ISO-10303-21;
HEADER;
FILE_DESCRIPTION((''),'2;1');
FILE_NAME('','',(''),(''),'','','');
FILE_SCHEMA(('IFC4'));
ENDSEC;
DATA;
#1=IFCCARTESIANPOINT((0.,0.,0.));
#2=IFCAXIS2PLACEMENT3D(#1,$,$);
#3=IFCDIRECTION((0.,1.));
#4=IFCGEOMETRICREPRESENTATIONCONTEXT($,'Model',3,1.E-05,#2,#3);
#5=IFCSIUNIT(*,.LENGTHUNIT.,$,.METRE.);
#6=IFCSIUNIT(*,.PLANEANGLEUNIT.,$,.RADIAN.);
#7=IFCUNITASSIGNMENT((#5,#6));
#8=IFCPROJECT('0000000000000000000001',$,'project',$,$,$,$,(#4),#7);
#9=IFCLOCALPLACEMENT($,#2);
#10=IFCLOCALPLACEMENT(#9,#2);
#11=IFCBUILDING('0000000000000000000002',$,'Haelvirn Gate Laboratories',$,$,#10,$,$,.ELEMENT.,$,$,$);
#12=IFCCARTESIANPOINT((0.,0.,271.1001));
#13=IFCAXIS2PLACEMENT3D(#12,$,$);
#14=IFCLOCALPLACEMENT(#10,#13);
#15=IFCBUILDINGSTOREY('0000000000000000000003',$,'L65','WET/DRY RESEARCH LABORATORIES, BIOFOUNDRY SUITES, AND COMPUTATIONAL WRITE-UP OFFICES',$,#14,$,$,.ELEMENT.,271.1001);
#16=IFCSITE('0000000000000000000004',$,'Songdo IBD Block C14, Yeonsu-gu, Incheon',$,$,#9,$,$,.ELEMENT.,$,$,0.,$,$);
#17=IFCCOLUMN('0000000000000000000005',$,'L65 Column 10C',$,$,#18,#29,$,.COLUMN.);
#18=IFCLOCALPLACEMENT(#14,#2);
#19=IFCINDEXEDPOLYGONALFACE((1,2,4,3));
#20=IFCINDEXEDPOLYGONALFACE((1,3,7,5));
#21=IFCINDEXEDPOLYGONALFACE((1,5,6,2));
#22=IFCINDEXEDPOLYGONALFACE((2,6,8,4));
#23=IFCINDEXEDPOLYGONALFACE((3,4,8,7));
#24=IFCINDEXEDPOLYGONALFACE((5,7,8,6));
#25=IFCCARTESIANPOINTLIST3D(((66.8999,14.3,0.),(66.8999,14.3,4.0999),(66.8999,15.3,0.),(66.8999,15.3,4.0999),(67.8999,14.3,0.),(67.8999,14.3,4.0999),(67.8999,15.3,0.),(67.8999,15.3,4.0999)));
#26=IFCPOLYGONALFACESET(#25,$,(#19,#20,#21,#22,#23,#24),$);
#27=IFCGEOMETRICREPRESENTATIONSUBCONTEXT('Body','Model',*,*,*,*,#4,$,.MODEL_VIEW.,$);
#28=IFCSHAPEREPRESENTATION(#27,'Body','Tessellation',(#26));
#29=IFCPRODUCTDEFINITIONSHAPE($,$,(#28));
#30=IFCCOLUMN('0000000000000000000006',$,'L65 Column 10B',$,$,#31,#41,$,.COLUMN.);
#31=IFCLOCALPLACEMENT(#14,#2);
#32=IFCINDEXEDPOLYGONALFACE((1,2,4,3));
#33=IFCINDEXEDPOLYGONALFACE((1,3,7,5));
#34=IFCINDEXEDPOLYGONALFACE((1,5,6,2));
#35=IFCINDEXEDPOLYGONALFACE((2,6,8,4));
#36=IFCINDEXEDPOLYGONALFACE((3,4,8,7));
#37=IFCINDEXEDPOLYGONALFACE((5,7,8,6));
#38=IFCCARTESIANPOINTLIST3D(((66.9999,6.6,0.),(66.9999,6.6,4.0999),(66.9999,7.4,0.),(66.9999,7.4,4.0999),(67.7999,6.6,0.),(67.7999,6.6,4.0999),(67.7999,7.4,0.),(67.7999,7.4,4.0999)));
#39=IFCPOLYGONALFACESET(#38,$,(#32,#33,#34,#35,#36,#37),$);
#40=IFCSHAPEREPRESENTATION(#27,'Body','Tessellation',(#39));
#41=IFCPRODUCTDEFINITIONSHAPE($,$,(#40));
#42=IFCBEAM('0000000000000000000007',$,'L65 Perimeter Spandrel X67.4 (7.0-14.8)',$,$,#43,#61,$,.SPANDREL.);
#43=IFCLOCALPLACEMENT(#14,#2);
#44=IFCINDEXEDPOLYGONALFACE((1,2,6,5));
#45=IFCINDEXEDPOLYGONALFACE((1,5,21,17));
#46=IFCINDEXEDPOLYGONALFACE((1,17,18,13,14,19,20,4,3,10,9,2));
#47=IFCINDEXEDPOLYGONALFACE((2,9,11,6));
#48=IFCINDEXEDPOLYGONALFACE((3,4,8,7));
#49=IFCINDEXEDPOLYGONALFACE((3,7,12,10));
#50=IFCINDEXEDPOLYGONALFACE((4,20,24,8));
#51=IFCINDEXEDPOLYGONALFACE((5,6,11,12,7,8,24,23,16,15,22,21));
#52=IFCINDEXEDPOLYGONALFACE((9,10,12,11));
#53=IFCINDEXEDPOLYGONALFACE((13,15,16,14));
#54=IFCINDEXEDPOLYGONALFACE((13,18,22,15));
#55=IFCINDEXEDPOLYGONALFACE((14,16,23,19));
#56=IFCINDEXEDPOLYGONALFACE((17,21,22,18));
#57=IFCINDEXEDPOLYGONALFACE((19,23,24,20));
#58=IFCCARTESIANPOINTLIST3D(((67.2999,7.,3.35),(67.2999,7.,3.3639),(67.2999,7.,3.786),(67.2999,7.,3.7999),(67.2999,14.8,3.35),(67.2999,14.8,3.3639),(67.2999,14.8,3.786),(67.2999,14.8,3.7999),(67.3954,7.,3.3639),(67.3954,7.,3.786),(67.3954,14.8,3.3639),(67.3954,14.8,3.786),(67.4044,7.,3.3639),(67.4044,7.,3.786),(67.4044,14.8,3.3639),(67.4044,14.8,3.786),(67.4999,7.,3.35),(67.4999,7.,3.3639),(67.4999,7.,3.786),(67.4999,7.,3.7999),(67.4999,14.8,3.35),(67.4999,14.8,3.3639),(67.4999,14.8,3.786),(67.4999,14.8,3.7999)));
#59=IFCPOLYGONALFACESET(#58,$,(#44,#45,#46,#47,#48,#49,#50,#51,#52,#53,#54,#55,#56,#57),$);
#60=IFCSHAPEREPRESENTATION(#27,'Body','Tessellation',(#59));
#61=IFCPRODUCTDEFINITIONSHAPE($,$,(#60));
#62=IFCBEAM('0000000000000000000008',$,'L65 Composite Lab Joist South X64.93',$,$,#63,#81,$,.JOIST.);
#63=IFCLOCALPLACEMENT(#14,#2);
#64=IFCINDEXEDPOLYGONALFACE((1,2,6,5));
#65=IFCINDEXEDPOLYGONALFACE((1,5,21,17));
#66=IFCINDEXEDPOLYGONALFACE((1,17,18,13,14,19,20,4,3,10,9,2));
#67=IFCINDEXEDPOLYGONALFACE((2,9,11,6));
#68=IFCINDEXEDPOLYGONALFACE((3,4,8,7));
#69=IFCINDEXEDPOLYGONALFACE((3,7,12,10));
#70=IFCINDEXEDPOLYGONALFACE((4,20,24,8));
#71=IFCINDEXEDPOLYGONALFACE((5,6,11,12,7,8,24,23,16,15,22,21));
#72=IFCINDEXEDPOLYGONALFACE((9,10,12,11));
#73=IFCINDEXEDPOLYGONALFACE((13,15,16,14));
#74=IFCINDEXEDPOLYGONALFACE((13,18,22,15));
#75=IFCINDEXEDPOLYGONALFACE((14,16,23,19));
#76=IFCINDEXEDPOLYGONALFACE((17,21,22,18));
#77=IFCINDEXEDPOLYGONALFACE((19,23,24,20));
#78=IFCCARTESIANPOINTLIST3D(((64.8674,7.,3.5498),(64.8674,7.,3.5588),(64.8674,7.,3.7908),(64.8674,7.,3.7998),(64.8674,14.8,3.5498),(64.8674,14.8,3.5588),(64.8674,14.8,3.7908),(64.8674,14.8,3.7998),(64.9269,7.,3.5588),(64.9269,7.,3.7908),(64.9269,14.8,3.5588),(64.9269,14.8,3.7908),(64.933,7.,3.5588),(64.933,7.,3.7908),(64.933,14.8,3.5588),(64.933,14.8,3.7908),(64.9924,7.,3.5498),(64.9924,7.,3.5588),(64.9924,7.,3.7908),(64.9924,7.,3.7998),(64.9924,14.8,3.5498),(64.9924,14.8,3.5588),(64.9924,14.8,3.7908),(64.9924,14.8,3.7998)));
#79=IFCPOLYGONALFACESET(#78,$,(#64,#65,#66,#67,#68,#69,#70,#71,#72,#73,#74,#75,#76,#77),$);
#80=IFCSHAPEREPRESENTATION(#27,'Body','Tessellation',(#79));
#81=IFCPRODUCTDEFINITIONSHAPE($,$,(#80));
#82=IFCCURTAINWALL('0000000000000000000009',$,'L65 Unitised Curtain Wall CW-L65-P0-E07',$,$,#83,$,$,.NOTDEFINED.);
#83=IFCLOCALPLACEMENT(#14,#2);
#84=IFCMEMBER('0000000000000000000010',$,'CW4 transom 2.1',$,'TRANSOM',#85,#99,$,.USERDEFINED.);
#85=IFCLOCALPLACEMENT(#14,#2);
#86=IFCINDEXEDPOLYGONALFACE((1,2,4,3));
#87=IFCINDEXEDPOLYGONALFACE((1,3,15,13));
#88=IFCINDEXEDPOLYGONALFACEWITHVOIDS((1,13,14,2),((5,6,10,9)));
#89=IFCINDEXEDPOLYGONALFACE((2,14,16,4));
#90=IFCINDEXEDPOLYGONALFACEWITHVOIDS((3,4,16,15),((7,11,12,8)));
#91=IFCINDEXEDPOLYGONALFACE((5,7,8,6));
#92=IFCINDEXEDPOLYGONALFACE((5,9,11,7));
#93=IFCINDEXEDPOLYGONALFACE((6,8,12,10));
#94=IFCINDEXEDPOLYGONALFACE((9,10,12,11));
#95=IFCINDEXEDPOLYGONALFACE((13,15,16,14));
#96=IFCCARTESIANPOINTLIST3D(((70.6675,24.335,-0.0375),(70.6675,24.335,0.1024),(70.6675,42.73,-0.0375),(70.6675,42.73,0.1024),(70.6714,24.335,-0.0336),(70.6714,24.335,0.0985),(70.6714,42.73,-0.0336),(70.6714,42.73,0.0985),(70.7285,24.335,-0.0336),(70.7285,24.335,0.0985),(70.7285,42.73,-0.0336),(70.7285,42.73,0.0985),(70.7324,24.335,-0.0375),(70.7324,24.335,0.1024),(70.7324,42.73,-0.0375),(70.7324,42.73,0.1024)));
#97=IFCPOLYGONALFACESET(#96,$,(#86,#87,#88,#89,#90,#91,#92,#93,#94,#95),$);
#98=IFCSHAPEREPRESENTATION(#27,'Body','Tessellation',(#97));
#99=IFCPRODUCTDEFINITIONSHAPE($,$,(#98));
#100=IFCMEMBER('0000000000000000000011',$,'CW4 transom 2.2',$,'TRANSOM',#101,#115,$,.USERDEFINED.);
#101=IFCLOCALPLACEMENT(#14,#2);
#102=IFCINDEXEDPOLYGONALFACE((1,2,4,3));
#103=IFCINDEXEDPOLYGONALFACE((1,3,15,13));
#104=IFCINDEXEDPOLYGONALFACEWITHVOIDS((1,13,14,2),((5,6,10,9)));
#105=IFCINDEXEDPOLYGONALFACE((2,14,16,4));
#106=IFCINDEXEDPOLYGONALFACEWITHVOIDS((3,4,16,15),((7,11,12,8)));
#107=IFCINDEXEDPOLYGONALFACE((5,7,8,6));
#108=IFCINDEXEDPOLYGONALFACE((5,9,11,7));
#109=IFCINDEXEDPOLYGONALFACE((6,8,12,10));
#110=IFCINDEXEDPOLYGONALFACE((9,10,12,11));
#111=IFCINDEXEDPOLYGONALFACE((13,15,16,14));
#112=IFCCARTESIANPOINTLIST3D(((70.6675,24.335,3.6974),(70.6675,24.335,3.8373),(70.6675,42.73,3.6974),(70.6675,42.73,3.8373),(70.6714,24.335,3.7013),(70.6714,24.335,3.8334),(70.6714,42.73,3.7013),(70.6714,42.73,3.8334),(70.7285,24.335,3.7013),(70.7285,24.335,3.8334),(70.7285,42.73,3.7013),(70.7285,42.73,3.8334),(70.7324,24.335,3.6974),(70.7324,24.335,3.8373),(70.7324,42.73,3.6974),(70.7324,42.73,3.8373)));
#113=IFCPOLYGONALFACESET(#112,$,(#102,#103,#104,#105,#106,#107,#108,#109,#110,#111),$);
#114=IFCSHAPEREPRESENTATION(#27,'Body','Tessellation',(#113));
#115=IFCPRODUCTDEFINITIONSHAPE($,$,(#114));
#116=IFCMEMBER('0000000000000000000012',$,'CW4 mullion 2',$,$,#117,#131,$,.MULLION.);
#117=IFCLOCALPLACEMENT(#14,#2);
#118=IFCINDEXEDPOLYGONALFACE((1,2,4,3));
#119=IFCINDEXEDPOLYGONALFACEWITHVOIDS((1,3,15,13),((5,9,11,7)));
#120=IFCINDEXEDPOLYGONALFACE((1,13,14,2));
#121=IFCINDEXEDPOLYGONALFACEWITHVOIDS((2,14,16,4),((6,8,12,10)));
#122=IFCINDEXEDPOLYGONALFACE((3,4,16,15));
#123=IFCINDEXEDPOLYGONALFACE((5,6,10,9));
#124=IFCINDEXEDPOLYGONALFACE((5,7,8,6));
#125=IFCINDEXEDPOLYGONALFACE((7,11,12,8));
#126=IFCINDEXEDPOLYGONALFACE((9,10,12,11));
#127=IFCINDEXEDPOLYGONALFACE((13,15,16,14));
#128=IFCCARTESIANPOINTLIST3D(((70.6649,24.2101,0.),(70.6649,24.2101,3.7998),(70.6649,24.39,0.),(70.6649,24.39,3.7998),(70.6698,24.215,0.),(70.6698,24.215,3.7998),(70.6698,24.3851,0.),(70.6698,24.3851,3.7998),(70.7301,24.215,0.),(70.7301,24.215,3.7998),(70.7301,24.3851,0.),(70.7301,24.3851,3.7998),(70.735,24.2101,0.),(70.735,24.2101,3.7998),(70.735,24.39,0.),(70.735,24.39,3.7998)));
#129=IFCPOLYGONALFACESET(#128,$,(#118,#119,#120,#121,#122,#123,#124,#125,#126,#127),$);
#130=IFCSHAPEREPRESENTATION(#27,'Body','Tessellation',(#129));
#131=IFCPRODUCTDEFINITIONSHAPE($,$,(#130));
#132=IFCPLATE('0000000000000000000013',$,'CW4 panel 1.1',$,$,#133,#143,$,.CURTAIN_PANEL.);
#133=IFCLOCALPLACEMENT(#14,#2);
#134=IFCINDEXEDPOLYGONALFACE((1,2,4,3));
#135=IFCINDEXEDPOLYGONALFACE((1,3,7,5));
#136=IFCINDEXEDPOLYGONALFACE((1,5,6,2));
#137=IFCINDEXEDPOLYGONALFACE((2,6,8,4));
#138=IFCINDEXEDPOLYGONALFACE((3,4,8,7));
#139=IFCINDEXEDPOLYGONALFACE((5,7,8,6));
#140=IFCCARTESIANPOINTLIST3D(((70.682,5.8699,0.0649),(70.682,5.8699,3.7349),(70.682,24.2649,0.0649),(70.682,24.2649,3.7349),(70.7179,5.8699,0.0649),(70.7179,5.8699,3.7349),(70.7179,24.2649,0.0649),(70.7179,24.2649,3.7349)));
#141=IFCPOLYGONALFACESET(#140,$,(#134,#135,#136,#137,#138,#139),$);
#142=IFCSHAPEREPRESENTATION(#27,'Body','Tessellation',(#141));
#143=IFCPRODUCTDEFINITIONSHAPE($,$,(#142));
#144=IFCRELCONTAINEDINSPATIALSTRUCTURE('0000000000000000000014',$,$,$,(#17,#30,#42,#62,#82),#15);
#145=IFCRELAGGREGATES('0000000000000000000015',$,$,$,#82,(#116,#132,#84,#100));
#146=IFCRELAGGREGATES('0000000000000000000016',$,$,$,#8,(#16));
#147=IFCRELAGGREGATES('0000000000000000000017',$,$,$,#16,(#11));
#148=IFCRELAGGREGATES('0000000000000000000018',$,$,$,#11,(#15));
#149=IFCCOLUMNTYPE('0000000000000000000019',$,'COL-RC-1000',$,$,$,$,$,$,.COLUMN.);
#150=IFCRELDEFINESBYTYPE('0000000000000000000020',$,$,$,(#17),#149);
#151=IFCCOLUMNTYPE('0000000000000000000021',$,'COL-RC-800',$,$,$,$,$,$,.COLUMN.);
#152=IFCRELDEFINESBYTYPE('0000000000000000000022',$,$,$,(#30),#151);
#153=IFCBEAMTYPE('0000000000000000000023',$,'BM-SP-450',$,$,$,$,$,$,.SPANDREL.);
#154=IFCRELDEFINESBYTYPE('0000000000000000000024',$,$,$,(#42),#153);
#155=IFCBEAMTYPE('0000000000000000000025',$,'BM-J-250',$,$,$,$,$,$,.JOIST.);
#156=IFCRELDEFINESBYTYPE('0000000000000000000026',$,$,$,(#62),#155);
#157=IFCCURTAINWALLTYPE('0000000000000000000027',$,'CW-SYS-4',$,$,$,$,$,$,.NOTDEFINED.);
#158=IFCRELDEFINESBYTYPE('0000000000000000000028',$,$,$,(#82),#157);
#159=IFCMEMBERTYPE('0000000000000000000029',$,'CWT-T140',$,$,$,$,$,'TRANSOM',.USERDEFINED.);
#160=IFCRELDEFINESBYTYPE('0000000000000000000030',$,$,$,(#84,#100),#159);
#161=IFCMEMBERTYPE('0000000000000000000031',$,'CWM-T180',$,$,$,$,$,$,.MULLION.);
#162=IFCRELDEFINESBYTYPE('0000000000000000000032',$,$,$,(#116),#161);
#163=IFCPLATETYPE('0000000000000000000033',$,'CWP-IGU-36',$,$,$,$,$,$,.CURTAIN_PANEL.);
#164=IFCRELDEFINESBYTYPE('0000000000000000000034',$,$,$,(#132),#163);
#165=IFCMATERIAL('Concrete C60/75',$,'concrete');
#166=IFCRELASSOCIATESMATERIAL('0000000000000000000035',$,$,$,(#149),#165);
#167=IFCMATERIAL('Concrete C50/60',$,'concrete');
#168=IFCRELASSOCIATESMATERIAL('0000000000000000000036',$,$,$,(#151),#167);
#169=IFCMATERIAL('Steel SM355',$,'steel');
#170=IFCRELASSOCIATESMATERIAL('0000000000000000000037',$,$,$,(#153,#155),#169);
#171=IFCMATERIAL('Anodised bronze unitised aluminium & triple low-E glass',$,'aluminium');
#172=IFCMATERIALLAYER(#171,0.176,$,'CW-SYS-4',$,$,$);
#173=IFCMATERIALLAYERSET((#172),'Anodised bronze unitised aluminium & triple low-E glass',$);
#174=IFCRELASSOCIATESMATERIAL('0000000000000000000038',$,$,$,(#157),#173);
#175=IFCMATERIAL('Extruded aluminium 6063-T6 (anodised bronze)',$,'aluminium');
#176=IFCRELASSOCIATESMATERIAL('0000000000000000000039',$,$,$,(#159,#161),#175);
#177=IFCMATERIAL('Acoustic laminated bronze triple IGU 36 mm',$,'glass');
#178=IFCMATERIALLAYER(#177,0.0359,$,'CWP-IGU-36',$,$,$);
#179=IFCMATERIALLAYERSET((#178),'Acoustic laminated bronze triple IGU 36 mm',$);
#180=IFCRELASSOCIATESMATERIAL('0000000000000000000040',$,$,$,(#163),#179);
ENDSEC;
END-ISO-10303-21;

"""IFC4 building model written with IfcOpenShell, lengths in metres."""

from ifc_helpers import new_model, si_unit, direction, frame, origin, origin_2d, place, context, subcontext, project, spatial, rectangle, hollow_rectangle, i_section, extrude, source, transform, mapped, material, layer, layer_set, material_profile, profile_set, type_object, type_shapes, element, aggregate, save


model = new_model("IFC4")

# Units and contexts
model_context = context("Model", 3, precision=1e-05, world=origin(), true_north=direction((0.0, 1.0)))
body_context = subcontext(model_context, "Body", "Model", "MODEL_VIEW")
ifc_project = project(units=[si_unit("LENGTHUNIT", "METRE"), si_unit("PLANEANGLEUNIT", "RADIAN")], contexts=[model_context])

# Site, building, storey
site_placement = place(None, origin())
site = spatial("IfcSite", under=ifc_project, at=site_placement, Name="Songdo IBD Block C14, Yeonsu-gu, Incheon", CompositionType="ELEMENT", RefElevation=0.0)
building_placement = place(site_placement, origin())
building = spatial("IfcBuilding", under=site, at=building_placement, Name="Haelvirn Gate Laboratories", CompositionType="ELEMENT")
storey_placement = place(building_placement, frame((0.0, 0.0, 271.1001)))
storey = spatial("IfcBuildingStorey", under=building, at=storey_placement, Name="L65", Description="WET/DRY RESEARCH LABORATORIES, BIOFOUNDRY SUITES, AND COMPUTATIONAL WRITE-UP OFFICES", CompositionType="ELEMENT", Elevation=271.1001)

# Columns
ifc_material_1 = material(Name="Concrete C60/75", Category="concrete")
ifc_material_profile_1 = material_profile(ifc_material_1, rectangle(XDim=1.0, YDim=1.0, at=origin_2d()), Name="RC-1000x1000")
ifc_profile_set_1 = profile_set([ifc_material_profile_1], Name="Concrete C60/75")
column_type_1 = type_object("IfcColumnType", Name="COL-RC-1000", PredefinedType="COLUMN", material=ifc_profile_set_1)
shared_shape_1 = source(origin(), body_context, "Body", "SweptSolid", [
    extrude(rectangle(XDim=1.0, YDim=1.0, at=origin_2d()), origin(), (0.0, 0.0, 1.0), 4.0999),
])
type_shapes(column_type_1, [shared_shape_1])
column_1_placement = place(storey_placement, frame((67.3999, 14.8, 0.0), z_axis=(0.0, 0.0, 1.0), x_axis=(1.0, 0.0, 0.0)))
element("IfcColumn", 1, at=column_1_placement, inside=storey, type_object=column_type_1, Name="L65 Column 10C", PredefinedType="COLUMN", context=body_context, shape_type="MappedRepresentation", body=[
    mapped(shared_shape_1, transform((0.0, 0.0, 0.0), scale=1.0)),
])
ifc_material_2 = material(Name="Concrete C50/60", Category="concrete")
ifc_material_profile_2 = material_profile(ifc_material_2, rectangle(XDim=0.8, YDim=0.8, at=origin_2d()), Name="RC-800x800")
ifc_profile_set_2 = profile_set([ifc_material_profile_2], Name="Concrete C50/60")
column_type_2 = type_object("IfcColumnType", Name="COL-RC-800", PredefinedType="COLUMN", material=ifc_profile_set_2)
shared_shape_2 = source(origin(), body_context, "Body", "SweptSolid", [
    extrude(rectangle(XDim=0.8, YDim=0.8, at=origin_2d()), origin(), (0.0, 0.0, 1.0), 4.0999),
])
type_shapes(column_type_2, [shared_shape_2])
column_2_placement = place(storey_placement, frame((67.3999, 7.0, 0.0), z_axis=(0.0, 0.0, 1.0), x_axis=(1.0, 0.0, 0.0)))
element("IfcColumn", 2, at=column_2_placement, inside=storey, type_object=column_type_2, Name="L65 Column 10B", PredefinedType="COLUMN", context=body_context, shape_type="MappedRepresentation", body=[
    mapped(shared_shape_2, transform((0.0, 0.0, 0.0), scale=1.0)),
])

# Beams
ifc_material_3 = material(Name="Steel SM355", Category="steel")
ifc_material_profile_3 = material_profile(ifc_material_3, i_section(OverallWidth=0.2, OverallDepth=0.45, WebThickness=0.009, FlangeThickness=0.0139, at=origin_2d()), Name="H-450x200x9x14")
ifc_profile_set_3 = profile_set([ifc_material_profile_3], Name="Steel SM355")
beam_type_1 = type_object("IfcBeamType", Name="BM-SP-450", PredefinedType="SPANDREL", material=ifc_profile_set_3)
shared_shape_3 = source(origin(), body_context, "Body", "SweptSolid", [
    extrude(i_section(OverallWidth=0.2, OverallDepth=0.45, WebThickness=0.009, FlangeThickness=0.0139, at=origin_2d()), origin(), (0.0, 0.0, 1.0), 7.8),
])
type_shapes(beam_type_1, [shared_shape_3])
beam_1_placement = place(storey_placement, frame((67.3999, 7.0, 3.575), z_axis=(0.0, 1.0, 0.0), x_axis=(-1.0, 0.0, 0.0)))
element("IfcBeam", 3, at=beam_1_placement, inside=storey, type_object=beam_type_1, Name="L65 Perimeter Spandrel X67.4 (7.0-14.8)", PredefinedType="SPANDREL", context=body_context, shape_type="MappedRepresentation", body=[
    mapped(shared_shape_3, transform((0.0, 0.0, 0.0), scale=1.0)),
])
ifc_material_profile_4 = material_profile(ifc_material_3, i_section(OverallWidth=0.125, OverallDepth=0.25, WebThickness=0.0061, FlangeThickness=0.009, at=origin_2d()), Name="H-250x125x6x9")
ifc_profile_set_4 = profile_set([ifc_material_profile_4], Name="Steel SM355")
beam_type_2 = type_object("IfcBeamType", Name="BM-J-250", PredefinedType="JOIST", material=ifc_profile_set_4)
shared_shape_4 = source(origin(), body_context, "Body", "SweptSolid", [
    extrude(i_section(OverallWidth=0.125, OverallDepth=0.25, WebThickness=0.0061, FlangeThickness=0.009, at=origin_2d()), origin(), (0.0, 0.0, 1.0), 7.8),
])
type_shapes(beam_type_2, [shared_shape_4])
beam_2_placement = place(storey_placement, frame((64.9299, 7.0, 3.6748), z_axis=(0.0, 1.0, 0.0), x_axis=(-1.0, 0.0, 0.0)))
element("IfcBeam", 4, at=beam_2_placement, inside=storey, type_object=beam_type_2, Name="L65 Composite Lab Joist South X64.93", PredefinedType="JOIST", context=body_context, shape_type="MappedRepresentation", body=[
    mapped(shared_shape_4, transform((0.0, 0.0, 0.0), scale=1.0)),
])

# Curtain wall, members, plate
ifc_material_4 = material(Name="Anodised bronze unitised aluminium & triple low-E glass", Category="aluminium")
ifc_layer_1 = layer(ifc_material_4, 0.176, Name="CW-SYS-4")
ifc_layer_set_1 = layer_set([ifc_layer_1], Name="Anodised bronze unitised aluminium & triple low-E glass")
curtain_wall_type = type_object("IfcCurtainWallType", Name="CW-SYS-4", PredefinedType="NOTDEFINED", material=ifc_layer_set_1)
curtain_wall_placement = place(storey_placement, origin())
curtain_wall = element("IfcCurtainWall", 5, at=curtain_wall_placement, inside=storey, type_object=curtain_wall_type, Name="L65 Unitised Curtain Wall CW-L65-P0-E07", PredefinedType="NOTDEFINED")
ifc_material_5 = material(Name="Extruded aluminium 6063-T6 (anodised bronze)", Category="aluminium")
ifc_material_profile_5 = material_profile(ifc_material_5, hollow_rectangle(XDim=0.0649, YDim=0.1399, WallThickness=0.0039, at=origin_2d()), Name="CWT-140x65x4")
ifc_profile_set_5 = profile_set([ifc_material_profile_5], Name="Extruded aluminium 6063-T6 (anodised bronze)")
member_type_1 = type_object("IfcMemberType", Name="CWT-T140", ElementType="TRANSOM", PredefinedType="USERDEFINED", material=ifc_profile_set_5)
shared_shape_5 = source(origin(), body_context, "Body", "SweptSolid", [
    extrude(hollow_rectangle(XDim=0.0649, YDim=0.1399, WallThickness=0.0039, at=origin_2d()), origin(), (0.0, 0.0, 1.0), 18.395),
])
type_shapes(member_type_1, [shared_shape_5])
member_1_placement = place(storey_placement, frame((70.7, 24.335, 0.0325), z_axis=(0.0, 1.0, 0.0), x_axis=(-1.0, 0.0, 0.0)))
member_1 = element("IfcMember", 6, at=member_1_placement, type_object=member_type_1, Name="CW4 transom 2.1", ObjectType="TRANSOM", PredefinedType="USERDEFINED", context=body_context, shape_type="MappedRepresentation", body=[
    mapped(shared_shape_5, transform((0.0, 0.0, 0.0), scale=1.0)),
])
member_2_placement = place(storey_placement, frame((70.7, 24.335, 3.7673), z_axis=(0.0, 1.0, 0.0), x_axis=(-1.0, 0.0, 0.0)))
member_2 = element("IfcMember", 7, at=member_2_placement, type_object=member_type_1, Name="CW4 transom 2.2", ObjectType="TRANSOM", PredefinedType="USERDEFINED", context=body_context, shape_type="MappedRepresentation", body=[
    mapped(shared_shape_5, transform((0.0, 0.0, 0.0), scale=1.0)),
])
ifc_material_profile_6 = material_profile(ifc_material_5, hollow_rectangle(XDim=0.0701, YDim=0.1799, WallThickness=0.0049, at=origin_2d()), Name="CWM-180x70x5")
ifc_profile_set_6 = profile_set([ifc_material_profile_6], Name="Extruded aluminium 6063-T6 (anodised bronze)")
member_type_2 = type_object("IfcMemberType", Name="CWM-T180", PredefinedType="MULLION", material=ifc_profile_set_6)
shared_shape_6 = source(origin(), body_context, "Body", "SweptSolid", [
    extrude(hollow_rectangle(XDim=0.0701, YDim=0.1799, WallThickness=0.0049, at=origin_2d()), origin(), (0.0, 0.0, 1.0), 3.7998),
])
type_shapes(member_type_2, [shared_shape_6])
member_3_placement = place(storey_placement, frame((70.7, 24.3, 0.0), z_axis=(0.0, 0.0, 1.0), x_axis=(-1.0, 0.0, 0.0)))
member_3 = element("IfcMember", 8, at=member_3_placement, type_object=member_type_2, Name="CW4 mullion 2", PredefinedType="MULLION", context=body_context, shape_type="MappedRepresentation", body=[
    mapped(shared_shape_6, transform((0.0, 0.0, 0.0), scale=1.0)),
])
ifc_material_6 = material(Name="Acoustic laminated bronze triple IGU 36 mm", Category="glass")
ifc_layer_2 = layer(ifc_material_6, 0.0359, Name="CWP-IGU-36")
ifc_layer_set_2 = layer_set([ifc_layer_2], Name="Acoustic laminated bronze triple IGU 36 mm")
plate_type = type_object("IfcPlateType", Name="CWP-IGU-36", PredefinedType="CURTAIN_PANEL", material=ifc_layer_set_2)
shared_shape_7 = source(origin(), body_context, "Body", "SweptSolid", [
    extrude(rectangle(XDim=18.395, YDim=0.0359, at=origin_2d()), origin(), (0.0, 0.0, 1.0), 3.6699),
])
type_shapes(plate_type, [shared_shape_7])
plate_placement = place(storey_placement, frame((70.7, 15.0674, 0.0649), z_axis=(0.0, 0.0, 1.0), x_axis=(0.0, 1.0, 0.0)))
plate = element("IfcPlate", 9, at=plate_placement, type_object=plate_type, Name="CW4 panel 1.1", PredefinedType="CURTAIN_PANEL", context=body_context, shape_type="MappedRepresentation", body=[
    mapped(shared_shape_7, transform((0.0, 0.0, 0.0), scale=1.0)),
])
aggregate(curtain_wall, [member_3, plate, member_1, member_2])

save(model, "model.ifc")
